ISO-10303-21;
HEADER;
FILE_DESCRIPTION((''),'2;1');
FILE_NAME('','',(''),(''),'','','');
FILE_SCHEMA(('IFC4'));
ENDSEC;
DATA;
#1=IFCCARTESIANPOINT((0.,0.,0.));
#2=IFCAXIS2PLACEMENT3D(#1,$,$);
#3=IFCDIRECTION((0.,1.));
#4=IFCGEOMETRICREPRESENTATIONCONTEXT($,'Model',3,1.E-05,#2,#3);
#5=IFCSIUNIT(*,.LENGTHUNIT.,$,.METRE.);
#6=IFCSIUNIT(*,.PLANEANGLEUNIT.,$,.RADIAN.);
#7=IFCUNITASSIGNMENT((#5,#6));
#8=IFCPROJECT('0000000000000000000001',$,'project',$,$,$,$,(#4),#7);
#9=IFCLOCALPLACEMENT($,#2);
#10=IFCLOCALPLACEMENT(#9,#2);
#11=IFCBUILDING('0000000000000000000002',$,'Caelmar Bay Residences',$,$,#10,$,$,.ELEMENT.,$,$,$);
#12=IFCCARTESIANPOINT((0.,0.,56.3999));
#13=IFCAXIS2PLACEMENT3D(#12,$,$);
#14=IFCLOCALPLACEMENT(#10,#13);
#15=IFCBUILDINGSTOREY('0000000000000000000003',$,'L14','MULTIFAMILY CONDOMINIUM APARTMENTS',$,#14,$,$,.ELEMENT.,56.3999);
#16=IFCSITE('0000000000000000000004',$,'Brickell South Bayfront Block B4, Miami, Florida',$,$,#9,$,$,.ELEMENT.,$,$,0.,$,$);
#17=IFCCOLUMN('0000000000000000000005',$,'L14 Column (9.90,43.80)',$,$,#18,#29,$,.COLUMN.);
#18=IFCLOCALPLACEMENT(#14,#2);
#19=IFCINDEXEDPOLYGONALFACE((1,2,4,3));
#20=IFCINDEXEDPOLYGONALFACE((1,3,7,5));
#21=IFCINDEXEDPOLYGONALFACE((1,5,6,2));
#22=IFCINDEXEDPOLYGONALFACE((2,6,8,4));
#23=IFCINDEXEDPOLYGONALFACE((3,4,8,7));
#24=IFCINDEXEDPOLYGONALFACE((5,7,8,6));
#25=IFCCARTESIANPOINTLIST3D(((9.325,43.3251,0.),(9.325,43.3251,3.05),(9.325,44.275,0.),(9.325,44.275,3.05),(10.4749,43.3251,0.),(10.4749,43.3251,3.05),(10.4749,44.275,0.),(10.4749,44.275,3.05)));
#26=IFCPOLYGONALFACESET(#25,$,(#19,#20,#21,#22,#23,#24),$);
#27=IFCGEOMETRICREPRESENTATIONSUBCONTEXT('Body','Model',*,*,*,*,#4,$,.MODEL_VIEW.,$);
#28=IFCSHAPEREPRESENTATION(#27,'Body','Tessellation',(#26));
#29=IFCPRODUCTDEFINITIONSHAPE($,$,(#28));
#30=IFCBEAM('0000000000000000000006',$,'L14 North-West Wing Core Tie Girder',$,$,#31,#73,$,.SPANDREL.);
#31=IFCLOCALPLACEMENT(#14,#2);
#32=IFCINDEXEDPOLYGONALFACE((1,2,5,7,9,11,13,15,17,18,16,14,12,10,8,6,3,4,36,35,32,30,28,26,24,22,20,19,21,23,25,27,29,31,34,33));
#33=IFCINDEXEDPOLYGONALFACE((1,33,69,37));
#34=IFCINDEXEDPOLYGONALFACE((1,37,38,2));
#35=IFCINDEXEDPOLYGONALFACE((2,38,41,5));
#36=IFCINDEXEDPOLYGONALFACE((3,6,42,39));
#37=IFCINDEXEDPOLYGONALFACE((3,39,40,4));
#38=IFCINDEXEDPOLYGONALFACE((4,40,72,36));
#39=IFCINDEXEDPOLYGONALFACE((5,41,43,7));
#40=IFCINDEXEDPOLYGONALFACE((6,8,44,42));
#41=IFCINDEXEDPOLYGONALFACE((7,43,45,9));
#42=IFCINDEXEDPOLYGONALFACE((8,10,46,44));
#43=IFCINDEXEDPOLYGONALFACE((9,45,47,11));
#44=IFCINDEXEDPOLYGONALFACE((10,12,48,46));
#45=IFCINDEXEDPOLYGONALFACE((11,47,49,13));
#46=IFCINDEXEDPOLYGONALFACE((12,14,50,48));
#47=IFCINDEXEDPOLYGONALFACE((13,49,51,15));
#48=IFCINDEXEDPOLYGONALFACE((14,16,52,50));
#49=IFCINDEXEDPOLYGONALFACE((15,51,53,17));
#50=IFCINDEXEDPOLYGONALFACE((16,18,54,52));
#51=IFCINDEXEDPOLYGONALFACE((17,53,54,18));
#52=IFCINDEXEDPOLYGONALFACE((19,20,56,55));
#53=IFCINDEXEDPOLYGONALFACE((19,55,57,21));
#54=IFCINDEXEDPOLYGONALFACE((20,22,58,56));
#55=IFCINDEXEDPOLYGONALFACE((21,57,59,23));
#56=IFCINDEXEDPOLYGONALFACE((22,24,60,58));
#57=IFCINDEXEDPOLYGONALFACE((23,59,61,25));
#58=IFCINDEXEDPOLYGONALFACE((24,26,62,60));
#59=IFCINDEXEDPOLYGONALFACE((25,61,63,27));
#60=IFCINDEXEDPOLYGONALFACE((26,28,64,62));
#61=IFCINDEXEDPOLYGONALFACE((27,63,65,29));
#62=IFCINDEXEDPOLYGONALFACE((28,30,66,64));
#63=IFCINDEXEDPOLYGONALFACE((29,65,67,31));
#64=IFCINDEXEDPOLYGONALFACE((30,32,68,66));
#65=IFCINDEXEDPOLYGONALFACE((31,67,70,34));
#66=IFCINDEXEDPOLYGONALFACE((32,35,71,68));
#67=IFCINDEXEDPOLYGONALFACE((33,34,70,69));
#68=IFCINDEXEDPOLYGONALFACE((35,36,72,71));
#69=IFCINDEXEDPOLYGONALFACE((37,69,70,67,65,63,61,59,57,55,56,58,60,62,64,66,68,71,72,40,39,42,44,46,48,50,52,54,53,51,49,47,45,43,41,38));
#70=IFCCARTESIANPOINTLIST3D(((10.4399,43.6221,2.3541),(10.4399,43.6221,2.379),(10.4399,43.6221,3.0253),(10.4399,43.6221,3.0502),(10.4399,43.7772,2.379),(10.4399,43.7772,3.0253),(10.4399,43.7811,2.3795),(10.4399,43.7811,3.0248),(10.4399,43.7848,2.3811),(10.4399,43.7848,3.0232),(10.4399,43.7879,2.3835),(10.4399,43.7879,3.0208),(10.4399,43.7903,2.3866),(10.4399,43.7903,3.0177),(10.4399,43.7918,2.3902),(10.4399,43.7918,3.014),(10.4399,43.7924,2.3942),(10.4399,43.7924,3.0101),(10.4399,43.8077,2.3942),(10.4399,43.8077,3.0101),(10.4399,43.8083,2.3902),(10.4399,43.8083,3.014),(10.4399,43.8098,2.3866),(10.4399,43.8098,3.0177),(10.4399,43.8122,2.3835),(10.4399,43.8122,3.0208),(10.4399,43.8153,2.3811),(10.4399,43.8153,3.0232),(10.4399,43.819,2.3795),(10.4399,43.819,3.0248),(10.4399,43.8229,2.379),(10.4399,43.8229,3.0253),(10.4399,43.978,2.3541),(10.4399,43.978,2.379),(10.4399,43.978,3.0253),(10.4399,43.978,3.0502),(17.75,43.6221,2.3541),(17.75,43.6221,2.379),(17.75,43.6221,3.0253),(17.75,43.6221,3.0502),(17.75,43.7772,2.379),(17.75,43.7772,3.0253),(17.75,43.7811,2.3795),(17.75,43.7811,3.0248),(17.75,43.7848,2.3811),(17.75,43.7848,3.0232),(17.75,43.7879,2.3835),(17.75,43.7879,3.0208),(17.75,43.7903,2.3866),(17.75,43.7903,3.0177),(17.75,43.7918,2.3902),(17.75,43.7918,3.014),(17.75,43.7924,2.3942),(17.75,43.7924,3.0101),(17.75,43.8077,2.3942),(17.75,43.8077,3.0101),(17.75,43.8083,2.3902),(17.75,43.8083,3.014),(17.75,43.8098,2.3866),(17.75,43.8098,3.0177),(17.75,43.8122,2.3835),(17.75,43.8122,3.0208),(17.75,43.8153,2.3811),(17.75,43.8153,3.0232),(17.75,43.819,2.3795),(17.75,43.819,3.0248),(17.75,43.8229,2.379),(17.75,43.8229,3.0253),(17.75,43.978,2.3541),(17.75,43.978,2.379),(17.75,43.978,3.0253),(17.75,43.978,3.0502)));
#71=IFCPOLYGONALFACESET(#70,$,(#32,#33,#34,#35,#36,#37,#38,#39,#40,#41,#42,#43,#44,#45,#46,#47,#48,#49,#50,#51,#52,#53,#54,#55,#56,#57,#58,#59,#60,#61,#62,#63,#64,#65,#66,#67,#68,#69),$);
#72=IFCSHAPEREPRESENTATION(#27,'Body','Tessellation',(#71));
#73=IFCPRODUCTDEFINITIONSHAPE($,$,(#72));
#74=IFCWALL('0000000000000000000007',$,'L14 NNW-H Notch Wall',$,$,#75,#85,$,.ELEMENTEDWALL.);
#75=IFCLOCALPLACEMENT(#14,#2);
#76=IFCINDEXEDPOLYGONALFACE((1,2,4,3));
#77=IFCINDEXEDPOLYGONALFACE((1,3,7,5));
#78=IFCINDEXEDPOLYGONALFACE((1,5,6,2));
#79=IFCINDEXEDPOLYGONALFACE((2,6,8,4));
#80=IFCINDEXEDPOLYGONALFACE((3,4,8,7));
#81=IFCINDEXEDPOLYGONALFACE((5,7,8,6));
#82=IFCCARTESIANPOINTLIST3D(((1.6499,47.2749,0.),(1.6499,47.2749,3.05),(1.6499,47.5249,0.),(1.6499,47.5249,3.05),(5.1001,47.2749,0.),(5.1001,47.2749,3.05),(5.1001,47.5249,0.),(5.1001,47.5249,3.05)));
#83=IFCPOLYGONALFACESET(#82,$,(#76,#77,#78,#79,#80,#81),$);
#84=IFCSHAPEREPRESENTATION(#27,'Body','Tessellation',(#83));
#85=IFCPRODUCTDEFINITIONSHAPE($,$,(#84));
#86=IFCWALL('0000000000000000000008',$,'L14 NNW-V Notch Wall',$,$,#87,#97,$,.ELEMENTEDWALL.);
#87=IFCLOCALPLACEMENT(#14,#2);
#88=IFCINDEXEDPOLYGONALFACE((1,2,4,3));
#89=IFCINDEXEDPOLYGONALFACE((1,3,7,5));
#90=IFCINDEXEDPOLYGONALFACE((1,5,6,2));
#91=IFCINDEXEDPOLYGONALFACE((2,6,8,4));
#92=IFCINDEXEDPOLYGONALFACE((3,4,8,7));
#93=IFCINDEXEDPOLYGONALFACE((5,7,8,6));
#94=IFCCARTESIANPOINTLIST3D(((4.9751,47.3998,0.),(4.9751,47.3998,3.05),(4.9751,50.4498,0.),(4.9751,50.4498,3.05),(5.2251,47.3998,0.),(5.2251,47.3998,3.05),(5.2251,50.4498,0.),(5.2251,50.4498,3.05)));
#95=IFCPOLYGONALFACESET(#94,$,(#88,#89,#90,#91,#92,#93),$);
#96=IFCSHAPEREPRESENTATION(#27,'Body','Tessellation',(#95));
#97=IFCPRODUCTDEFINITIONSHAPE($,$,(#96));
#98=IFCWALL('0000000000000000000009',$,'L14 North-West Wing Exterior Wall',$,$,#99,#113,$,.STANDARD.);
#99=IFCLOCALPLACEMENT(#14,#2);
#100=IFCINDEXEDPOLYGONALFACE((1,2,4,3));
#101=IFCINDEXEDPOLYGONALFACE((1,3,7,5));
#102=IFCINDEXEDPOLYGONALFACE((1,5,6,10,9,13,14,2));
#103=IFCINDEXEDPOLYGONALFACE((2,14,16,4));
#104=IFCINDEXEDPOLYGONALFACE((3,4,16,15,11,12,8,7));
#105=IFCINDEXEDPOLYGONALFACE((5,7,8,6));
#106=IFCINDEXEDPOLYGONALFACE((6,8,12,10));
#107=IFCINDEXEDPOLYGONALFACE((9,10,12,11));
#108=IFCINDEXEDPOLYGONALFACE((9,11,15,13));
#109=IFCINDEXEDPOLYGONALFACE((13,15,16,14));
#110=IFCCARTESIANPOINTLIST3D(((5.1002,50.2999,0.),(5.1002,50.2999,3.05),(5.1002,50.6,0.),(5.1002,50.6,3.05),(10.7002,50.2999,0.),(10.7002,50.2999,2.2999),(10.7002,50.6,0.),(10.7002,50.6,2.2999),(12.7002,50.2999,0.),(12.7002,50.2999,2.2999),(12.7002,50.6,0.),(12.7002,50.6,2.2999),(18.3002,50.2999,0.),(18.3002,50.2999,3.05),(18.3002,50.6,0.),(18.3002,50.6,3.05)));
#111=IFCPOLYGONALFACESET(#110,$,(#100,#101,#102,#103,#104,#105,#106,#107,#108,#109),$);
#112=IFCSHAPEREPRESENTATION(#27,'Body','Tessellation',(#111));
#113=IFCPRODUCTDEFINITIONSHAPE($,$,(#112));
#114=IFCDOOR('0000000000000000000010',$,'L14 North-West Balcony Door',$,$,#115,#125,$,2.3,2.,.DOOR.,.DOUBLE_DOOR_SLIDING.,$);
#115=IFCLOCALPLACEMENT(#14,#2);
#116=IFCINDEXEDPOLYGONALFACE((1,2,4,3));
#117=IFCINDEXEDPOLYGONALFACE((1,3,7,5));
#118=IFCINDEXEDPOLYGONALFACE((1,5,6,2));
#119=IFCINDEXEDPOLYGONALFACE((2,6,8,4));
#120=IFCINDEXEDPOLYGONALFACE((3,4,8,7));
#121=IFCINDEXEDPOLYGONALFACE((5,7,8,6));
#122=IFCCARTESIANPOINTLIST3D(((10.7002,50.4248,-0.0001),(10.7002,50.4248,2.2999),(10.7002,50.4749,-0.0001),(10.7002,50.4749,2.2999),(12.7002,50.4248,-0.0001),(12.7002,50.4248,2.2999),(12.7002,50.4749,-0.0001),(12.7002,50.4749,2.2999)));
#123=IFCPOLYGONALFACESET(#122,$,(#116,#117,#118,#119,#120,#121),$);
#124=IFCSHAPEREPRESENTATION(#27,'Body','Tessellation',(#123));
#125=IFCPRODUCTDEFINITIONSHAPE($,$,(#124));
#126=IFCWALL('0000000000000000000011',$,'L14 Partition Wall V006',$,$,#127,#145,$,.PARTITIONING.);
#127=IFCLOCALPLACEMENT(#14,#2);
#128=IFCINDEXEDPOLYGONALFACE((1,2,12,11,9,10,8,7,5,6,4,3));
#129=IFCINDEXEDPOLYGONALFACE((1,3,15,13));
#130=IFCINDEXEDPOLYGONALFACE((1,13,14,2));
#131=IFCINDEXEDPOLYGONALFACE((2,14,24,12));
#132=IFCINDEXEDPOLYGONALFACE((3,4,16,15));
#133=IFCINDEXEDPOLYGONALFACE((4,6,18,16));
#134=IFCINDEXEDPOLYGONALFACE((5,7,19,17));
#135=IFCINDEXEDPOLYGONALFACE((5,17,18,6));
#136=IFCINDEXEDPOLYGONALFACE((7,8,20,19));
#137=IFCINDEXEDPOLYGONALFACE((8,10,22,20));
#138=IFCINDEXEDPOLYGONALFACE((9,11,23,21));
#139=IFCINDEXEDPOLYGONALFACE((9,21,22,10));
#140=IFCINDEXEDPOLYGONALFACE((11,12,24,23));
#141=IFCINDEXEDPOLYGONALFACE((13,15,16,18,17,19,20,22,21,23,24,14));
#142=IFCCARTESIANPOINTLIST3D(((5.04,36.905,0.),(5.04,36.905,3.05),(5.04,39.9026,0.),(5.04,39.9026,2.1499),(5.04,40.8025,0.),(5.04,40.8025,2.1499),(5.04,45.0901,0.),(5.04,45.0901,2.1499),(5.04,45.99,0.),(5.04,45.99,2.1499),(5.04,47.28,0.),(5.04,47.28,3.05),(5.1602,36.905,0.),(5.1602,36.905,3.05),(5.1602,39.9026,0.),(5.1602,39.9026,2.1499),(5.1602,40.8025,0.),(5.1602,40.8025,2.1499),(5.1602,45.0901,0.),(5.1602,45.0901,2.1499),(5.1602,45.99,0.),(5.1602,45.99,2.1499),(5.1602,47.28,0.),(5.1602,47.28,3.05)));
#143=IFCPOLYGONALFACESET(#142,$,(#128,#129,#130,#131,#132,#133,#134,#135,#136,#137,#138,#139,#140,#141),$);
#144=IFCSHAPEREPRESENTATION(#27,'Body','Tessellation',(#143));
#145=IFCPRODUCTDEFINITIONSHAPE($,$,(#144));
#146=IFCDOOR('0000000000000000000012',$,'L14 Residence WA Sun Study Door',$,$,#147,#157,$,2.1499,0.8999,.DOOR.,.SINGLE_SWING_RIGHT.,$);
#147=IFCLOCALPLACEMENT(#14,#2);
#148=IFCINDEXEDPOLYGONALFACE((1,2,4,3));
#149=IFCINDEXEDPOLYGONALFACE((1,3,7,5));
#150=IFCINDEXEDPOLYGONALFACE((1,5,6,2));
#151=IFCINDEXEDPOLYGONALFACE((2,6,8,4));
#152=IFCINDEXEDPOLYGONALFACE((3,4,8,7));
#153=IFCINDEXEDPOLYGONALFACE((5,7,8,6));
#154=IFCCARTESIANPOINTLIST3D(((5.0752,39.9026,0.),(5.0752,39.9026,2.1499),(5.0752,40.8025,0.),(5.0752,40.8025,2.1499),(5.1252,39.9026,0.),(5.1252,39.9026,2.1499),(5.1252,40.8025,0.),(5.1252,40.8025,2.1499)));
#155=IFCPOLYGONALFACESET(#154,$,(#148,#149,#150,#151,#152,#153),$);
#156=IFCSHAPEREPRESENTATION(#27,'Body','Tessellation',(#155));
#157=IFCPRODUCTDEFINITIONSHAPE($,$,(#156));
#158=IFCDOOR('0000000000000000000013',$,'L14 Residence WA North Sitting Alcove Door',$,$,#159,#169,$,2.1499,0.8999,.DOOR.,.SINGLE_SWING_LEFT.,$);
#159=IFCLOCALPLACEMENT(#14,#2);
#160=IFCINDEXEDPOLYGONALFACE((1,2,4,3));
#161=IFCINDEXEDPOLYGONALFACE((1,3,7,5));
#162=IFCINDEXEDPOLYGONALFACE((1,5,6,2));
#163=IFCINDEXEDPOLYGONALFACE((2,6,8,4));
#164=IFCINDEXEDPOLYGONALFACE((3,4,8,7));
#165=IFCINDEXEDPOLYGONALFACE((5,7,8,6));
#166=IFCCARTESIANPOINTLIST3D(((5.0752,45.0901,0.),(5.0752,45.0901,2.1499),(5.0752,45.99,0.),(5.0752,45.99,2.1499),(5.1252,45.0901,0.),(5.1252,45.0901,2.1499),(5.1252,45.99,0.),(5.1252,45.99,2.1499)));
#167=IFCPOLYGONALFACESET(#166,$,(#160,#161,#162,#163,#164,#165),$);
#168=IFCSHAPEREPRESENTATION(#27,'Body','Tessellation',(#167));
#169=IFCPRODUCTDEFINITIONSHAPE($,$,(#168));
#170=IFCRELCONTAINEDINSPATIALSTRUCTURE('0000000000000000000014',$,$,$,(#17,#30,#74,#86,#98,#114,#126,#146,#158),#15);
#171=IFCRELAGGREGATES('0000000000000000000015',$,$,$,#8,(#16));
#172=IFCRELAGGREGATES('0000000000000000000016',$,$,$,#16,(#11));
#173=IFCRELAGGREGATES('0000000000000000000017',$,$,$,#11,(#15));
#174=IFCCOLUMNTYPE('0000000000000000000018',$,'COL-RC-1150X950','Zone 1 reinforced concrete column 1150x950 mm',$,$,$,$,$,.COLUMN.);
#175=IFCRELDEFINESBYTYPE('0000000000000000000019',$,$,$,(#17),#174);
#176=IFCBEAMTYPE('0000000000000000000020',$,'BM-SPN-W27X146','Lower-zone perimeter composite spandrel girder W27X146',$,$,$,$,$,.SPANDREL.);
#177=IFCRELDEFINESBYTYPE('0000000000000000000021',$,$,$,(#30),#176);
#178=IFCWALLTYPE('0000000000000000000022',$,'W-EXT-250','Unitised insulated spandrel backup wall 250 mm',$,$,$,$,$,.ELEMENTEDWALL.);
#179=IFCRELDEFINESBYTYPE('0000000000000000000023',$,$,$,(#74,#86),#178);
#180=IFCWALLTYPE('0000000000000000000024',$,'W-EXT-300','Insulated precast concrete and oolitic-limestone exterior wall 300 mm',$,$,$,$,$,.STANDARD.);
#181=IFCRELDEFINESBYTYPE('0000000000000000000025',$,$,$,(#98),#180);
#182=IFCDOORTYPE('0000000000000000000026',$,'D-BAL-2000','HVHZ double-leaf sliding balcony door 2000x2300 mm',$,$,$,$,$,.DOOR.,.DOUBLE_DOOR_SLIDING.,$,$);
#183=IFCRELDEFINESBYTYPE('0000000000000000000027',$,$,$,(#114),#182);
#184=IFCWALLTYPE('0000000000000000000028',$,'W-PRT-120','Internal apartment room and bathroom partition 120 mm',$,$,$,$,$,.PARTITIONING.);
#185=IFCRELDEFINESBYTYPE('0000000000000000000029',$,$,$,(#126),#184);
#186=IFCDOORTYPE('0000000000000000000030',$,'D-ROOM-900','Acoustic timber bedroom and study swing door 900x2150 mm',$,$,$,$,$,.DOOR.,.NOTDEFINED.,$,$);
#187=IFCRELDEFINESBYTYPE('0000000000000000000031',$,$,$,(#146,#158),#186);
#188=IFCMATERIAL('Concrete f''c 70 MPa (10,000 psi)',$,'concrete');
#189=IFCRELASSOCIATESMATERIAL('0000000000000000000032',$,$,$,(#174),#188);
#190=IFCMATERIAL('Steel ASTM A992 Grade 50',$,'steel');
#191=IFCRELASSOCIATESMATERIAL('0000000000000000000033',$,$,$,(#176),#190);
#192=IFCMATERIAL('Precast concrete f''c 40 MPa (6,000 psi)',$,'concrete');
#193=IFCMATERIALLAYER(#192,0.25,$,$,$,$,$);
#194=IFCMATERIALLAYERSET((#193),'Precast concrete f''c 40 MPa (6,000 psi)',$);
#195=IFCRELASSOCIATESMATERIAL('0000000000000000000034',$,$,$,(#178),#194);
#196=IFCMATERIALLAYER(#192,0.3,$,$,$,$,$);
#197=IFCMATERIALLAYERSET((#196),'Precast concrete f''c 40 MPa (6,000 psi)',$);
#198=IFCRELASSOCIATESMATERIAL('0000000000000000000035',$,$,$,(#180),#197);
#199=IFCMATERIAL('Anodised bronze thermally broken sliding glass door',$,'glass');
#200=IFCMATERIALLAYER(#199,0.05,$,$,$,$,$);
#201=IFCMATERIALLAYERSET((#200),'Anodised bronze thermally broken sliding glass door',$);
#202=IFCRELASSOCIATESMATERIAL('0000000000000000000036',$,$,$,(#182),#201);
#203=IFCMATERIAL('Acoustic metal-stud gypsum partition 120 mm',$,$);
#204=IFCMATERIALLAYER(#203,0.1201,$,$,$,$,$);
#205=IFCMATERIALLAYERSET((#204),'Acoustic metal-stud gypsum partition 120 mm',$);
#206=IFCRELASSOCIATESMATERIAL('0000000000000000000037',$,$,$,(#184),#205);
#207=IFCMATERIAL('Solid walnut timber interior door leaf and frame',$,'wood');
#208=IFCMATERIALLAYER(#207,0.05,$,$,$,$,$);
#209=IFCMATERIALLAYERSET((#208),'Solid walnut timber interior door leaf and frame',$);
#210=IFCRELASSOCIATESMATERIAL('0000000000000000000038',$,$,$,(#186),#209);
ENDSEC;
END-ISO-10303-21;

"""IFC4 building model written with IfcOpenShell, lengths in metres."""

from ifc_helpers import new_model, si_unit, direction, frame, frame_2d, origin, origin_2d, place, context, subcontext, project, spatial, rectangle, i_section, extrude, material, layer, layer_set, material_profile, profile_set, type_object, element, fill, save


model = new_model("IFC4")

# Units and contexts
model_context = context("Model", 3, precision=1e-05, world=origin(), true_north=direction((0.0, 1.0)))
body_context = subcontext(model_context, "Body", "Model", "MODEL_VIEW")
ifc_project = project(units=[si_unit("LENGTHUNIT", "METRE"), si_unit("PLANEANGLEUNIT", "RADIAN")], contexts=[model_context])

# Site, building, storey
site_placement = place(None, origin())
site = spatial("IfcSite", under=ifc_project, at=site_placement, Name="Brickell South Bayfront Block B4, Miami, Florida", CompositionType="ELEMENT", RefElevation=0.0)
building_placement = place(site_placement, origin())
building = spatial("IfcBuilding", under=site, at=building_placement, Name="Caelmar Bay Residences", CompositionType="ELEMENT")
storey_placement = place(building_placement, frame((0.0, 0.0, 56.3999)))
storey = spatial("IfcBuildingStorey", under=building, at=storey_placement, Name="L14", Description="MULTIFAMILY CONDOMINIUM APARTMENTS", CompositionType="ELEMENT", Elevation=56.3999)

# Column
ifc_material_1 = material(Name="Concrete f'c 70 MPa (10,000 psi)", Category="concrete")
ifc_material_profile_1 = material_profile(ifc_material_1, rectangle(XDim=1.1499, YDim=0.95, at=origin_2d()), Name="RC-COL-1150X950")
ifc_profile_set_1 = profile_set([ifc_material_profile_1], Name="Concrete f'c 70 MPa (10,000 psi)")
column_type = type_object("IfcColumnType", Name="COL-RC-1150X950", Description="Zone 1 reinforced concrete column 1150x950 mm", PredefinedType="COLUMN", material=ifc_profile_set_1)
column_placement = place(storey_placement, frame((9.8999, 43.8, 0.0), z_axis=(0.0, 0.0, 1.0), x_axis=(1.0, 0.0, 0.0)))
element("IfcColumn", 1, at=column_placement, inside=storey, type_object=column_type, Name="L14 Column (9.90,43.80)", PredefinedType="COLUMN", context=body_context, shape_type="SweptSolid", body=[
    extrude(rectangle(XDim=1.1499, YDim=0.95, at=origin_2d()), origin(), (0.0, 0.0, 1.0), 3.05),
])

# Beam
ifc_material_2 = material(Name="Steel ASTM A992 Grade 50", Category="steel")
ifc_material_profile_2 = material_profile(ifc_material_2, i_section(OverallWidth=0.356, OverallDepth=0.696, WebThickness=0.0154, FlangeThickness=0.0249, FilletRadius=0.0151, at=origin_2d()), Name="W27X146")
ifc_profile_set_2 = profile_set([ifc_material_profile_2], Name="Steel ASTM A992 Grade 50")
beam_type = type_object("IfcBeamType", Name="BM-SPN-W27X146", Description="Lower-zone perimeter composite spandrel girder W27X146", PredefinedType="SPANDREL", material=ifc_profile_set_2)
beam_placement = place(storey_placement, frame((10.4399, 43.8, 2.7021), z_axis=(1.0, 0.0, 0.0), x_axis=(0.0, 1.0, 0.0)))
element("IfcBeam", 2, at=beam_placement, inside=storey, type_object=beam_type, Name="L14 North-West Wing Core Tie Girder", PredefinedType="SPANDREL", context=body_context, shape_type="SweptSolid", body=[
    extrude(i_section(OverallWidth=0.356, OverallDepth=0.696, WebThickness=0.0154, FlangeThickness=0.0249, FilletRadius=0.0151, at=origin_2d()), origin(), (0.0, 0.0, 1.0), 7.3101),
])

# Walls
ifc_material_3 = material(Name="Precast concrete f'c 40 MPa (6,000 psi)", Category="concrete")
ifc_layer_1 = layer(ifc_material_3, 0.25)
ifc_layer_set_1 = layer_set([ifc_layer_1], Name="Precast concrete f'c 40 MPa (6,000 psi)")
wall_type_1 = type_object("IfcWallType", Name="W-EXT-250", Description="Unitised insulated spandrel backup wall 250 mm", PredefinedType="ELEMENTEDWALL", material=ifc_layer_set_1)
wall_1_placement = place(storey_placement, frame((1.6499, 47.3999, 0.0), z_axis=(0.0, 0.0, 1.0), x_axis=(1.0, 0.0, 0.0)))
element("IfcWall", 3, at=wall_1_placement, inside=storey, type_object=wall_type_1, Name="L14 NNW-H Notch Wall", PredefinedType="ELEMENTEDWALL", context=body_context, shape_type="SweptSolid", body=[
    extrude(rectangle(XDim=3.4502, YDim=0.25, at=frame_2d((1.7251, 0.0))), origin(), (0.0, 0.0, 1.0), 3.05),
])
wall_2_placement = place(storey_placement, frame((5.1001, 47.3999, 0.0), z_axis=(0.0, 0.0, 1.0), x_axis=(0.0, 1.0, 0.0)))
element("IfcWall", 4, at=wall_2_placement, inside=storey, type_object=wall_type_1, Name="L14 NNW-V Notch Wall", PredefinedType="ELEMENTEDWALL", context=body_context, shape_type="SweptSolid", body=[
    extrude(rectangle(XDim=3.05, YDim=0.25, at=frame_2d((1.5249, 0.0))), origin(), (0.0, 0.0, 1.0), 3.05),
])

# Wall, opening, door
ifc_layer_2 = layer(ifc_material_3, 0.3)
ifc_layer_set_2 = layer_set([ifc_layer_2], Name="Precast concrete f'c 40 MPa (6,000 psi)")
wall_type_2 = type_object("IfcWallType", Name="W-EXT-300", Description="Insulated precast concrete and oolitic-limestone exterior wall 300 mm", PredefinedType="STANDARD", material=ifc_layer_set_2)
wall_3_placement = place(storey_placement, frame((5.1001, 50.45, 0.0), z_axis=(0.0, 0.0, 1.0), x_axis=(1.0, 0.0, 0.0)))
wall_3 = element("IfcWall", 5, at=wall_3_placement, inside=storey, type_object=wall_type_2, Name="L14 North-West Wing Exterior Wall", PredefinedType="STANDARD", context=body_context, shape_type="SweptSolid", body=[
    extrude(rectangle(XDim=13.2, YDim=0.3, at=frame_2d((6.6001, 0.0))), origin(), (0.0, 0.0, 1.0), 3.05),
])
opening_1_placement = place(wall_3_placement, frame((5.6001, 0.0, 0.0)))
opening_1 = element("IfcOpeningElement", 6, at=opening_1_placement, cuts=wall_3, PredefinedType="OPENING", context=body_context, shape_type="SweptSolid", body=[
    extrude(rectangle(XDim=2.0, YDim=2.3, at=frame_2d((1.0, 1.1499))), frame((0.0, 0.1599, 0.0), z_axis=(0.0, -1.0, 0.0), x_axis=(1.0, 0.0, 0.0)), (0.0, 0.0, 1.0), 0.3201),
])
ifc_material_4 = material(Name="Anodised bronze thermally broken sliding glass door", Category="glass")
ifc_layer_3 = layer(ifc_material_4, 0.05)
ifc_layer_set_3 = layer_set([ifc_layer_3], Name="Anodised bronze thermally broken sliding glass door")
door_type_1 = type_object("IfcDoorType", Name="D-BAL-2000", Description="HVHZ double-leaf sliding balcony door 2000x2300 mm", OperationType="DOUBLE_DOOR_SLIDING", PredefinedType="DOOR", material=ifc_layer_set_3)
door_1_placement = place(opening_1_placement, origin())
door_1 = element("IfcDoor", 7, at=door_1_placement, inside=storey, type_object=door_type_1, Name="L14 North-West Balcony Door", OperationType="DOUBLE_DOOR_SLIDING", OverallHeight=2.3, OverallWidth=2.0, PredefinedType="DOOR", context=body_context, shape_type="SweptSolid", body=[
    extrude(rectangle(XDim=2.0, YDim=2.3, at=frame_2d((1.0, 1.1499))), frame((0.0, 0.0249, 0.0), z_axis=(0.0, -1.0, 0.0), x_axis=(1.0, 0.0, 0.0)), (0.0, 0.0, 1.0), 0.05),
])
fill(opening_1, door_1)

# Wall, openings, doors
ifc_material_5 = material(Name="Acoustic metal-stud gypsum partition 120 mm")
ifc_layer_4 = layer(ifc_material_5, 0.1201)
ifc_layer_set_4 = layer_set([ifc_layer_4], Name="Acoustic metal-stud gypsum partition 120 mm")
wall_type_3 = type_object("IfcWallType", Name="W-PRT-120", Description="Internal apartment room and bathroom partition 120 mm", PredefinedType="PARTITIONING", material=ifc_layer_set_4)
wall_4_placement = place(storey_placement, frame((5.1001, 36.905, 0.0), z_axis=(0.0, 0.0, 1.0), x_axis=(0.0, 1.0, 0.0)))
wall_4 = element("IfcWall", 8, at=wall_4_placement, inside=storey, type_object=wall_type_3, Name="L14 Partition Wall V006", PredefinedType="PARTITIONING", context=body_context, shape_type="SweptSolid", body=[
    extrude(rectangle(XDim=10.375, YDim=0.1201, at=frame_2d((5.1875, 0.0))), origin(), (0.0, 0.0, 1.0), 3.05),
])
opening_2_placement = place(wall_4_placement, frame((2.9976, 0.0, 0.0)))
opening_2 = element("IfcOpeningElement", 9, at=opening_2_placement, cuts=wall_4, PredefinedType="OPENING", context=body_context, shape_type="SweptSolid", body=[
    extrude(rectangle(XDim=0.8999, YDim=2.1499, at=frame_2d((0.45, 1.075))), frame((0.0, 0.0701, 0.0), z_axis=(0.0, -1.0, 0.0), x_axis=(1.0, 0.0, 0.0)), (0.0, 0.0, 1.0), 0.1401),
])
opening_3_placement = place(wall_4_placement, frame((8.1851, 0.0, 0.0)))
opening_3 = element("IfcOpeningElement", 10, at=opening_3_placement, cuts=wall_4, PredefinedType="OPENING", context=body_context, shape_type="SweptSolid", body=[
    extrude(rectangle(XDim=0.8999, YDim=2.1499, at=frame_2d((0.45, 1.075))), frame((0.0, 0.0701, 0.0), z_axis=(0.0, -1.0, 0.0), x_axis=(1.0, 0.0, 0.0)), (0.0, 0.0, 1.0), 0.1401),
])
ifc_material_6 = material(Name="Solid walnut timber interior door leaf and frame", Category="wood")
ifc_layer_5 = layer(ifc_material_6, 0.05)
ifc_layer_set_5 = layer_set([ifc_layer_5], Name="Solid walnut timber interior door leaf and frame")
door_type_2 = type_object("IfcDoorType", Name="D-ROOM-900", Description="Acoustic timber bedroom and study swing door 900x2150 mm", OperationType="NOTDEFINED", PredefinedType="DOOR", material=ifc_layer_set_5)
door_2_placement = place(opening_2_placement, origin())
door_2 = element("IfcDoor", 11, at=door_2_placement, inside=storey, type_object=door_type_2, Name="L14 Residence WA Sun Study Door", OperationType="SINGLE_SWING_RIGHT", OverallHeight=2.1499, OverallWidth=0.8999, PredefinedType="DOOR", context=body_context, shape_type="SweptSolid", body=[
    extrude(rectangle(XDim=0.8999, YDim=2.1499, at=frame_2d((0.45, 1.075))), frame((0.0, 0.0249, 0.0), z_axis=(0.0, -1.0, 0.0), x_axis=(1.0, 0.0, 0.0)), (0.0, 0.0, 1.0), 0.05),
])
fill(opening_2, door_2)
door_3_placement = place(opening_3_placement, origin())
door_3 = element("IfcDoor", 12, at=door_3_placement, inside=storey, type_object=door_type_2, Name="L14 Residence WA North Sitting Alcove Door", OperationType="SINGLE_SWING_LEFT", OverallHeight=2.1499, OverallWidth=0.8999, PredefinedType="DOOR", context=body_context, shape_type="SweptSolid", body=[
    extrude(rectangle(XDim=0.8999, YDim=2.1499, at=frame_2d((0.45, 1.075))), frame((0.0, 0.0249, 0.0), z_axis=(0.0, -1.0, 0.0), x_axis=(1.0, 0.0, 0.0)), (0.0, 0.0, 1.0), 0.05),
])
fill(opening_3, door_3)

save(model, "model.ifc")
